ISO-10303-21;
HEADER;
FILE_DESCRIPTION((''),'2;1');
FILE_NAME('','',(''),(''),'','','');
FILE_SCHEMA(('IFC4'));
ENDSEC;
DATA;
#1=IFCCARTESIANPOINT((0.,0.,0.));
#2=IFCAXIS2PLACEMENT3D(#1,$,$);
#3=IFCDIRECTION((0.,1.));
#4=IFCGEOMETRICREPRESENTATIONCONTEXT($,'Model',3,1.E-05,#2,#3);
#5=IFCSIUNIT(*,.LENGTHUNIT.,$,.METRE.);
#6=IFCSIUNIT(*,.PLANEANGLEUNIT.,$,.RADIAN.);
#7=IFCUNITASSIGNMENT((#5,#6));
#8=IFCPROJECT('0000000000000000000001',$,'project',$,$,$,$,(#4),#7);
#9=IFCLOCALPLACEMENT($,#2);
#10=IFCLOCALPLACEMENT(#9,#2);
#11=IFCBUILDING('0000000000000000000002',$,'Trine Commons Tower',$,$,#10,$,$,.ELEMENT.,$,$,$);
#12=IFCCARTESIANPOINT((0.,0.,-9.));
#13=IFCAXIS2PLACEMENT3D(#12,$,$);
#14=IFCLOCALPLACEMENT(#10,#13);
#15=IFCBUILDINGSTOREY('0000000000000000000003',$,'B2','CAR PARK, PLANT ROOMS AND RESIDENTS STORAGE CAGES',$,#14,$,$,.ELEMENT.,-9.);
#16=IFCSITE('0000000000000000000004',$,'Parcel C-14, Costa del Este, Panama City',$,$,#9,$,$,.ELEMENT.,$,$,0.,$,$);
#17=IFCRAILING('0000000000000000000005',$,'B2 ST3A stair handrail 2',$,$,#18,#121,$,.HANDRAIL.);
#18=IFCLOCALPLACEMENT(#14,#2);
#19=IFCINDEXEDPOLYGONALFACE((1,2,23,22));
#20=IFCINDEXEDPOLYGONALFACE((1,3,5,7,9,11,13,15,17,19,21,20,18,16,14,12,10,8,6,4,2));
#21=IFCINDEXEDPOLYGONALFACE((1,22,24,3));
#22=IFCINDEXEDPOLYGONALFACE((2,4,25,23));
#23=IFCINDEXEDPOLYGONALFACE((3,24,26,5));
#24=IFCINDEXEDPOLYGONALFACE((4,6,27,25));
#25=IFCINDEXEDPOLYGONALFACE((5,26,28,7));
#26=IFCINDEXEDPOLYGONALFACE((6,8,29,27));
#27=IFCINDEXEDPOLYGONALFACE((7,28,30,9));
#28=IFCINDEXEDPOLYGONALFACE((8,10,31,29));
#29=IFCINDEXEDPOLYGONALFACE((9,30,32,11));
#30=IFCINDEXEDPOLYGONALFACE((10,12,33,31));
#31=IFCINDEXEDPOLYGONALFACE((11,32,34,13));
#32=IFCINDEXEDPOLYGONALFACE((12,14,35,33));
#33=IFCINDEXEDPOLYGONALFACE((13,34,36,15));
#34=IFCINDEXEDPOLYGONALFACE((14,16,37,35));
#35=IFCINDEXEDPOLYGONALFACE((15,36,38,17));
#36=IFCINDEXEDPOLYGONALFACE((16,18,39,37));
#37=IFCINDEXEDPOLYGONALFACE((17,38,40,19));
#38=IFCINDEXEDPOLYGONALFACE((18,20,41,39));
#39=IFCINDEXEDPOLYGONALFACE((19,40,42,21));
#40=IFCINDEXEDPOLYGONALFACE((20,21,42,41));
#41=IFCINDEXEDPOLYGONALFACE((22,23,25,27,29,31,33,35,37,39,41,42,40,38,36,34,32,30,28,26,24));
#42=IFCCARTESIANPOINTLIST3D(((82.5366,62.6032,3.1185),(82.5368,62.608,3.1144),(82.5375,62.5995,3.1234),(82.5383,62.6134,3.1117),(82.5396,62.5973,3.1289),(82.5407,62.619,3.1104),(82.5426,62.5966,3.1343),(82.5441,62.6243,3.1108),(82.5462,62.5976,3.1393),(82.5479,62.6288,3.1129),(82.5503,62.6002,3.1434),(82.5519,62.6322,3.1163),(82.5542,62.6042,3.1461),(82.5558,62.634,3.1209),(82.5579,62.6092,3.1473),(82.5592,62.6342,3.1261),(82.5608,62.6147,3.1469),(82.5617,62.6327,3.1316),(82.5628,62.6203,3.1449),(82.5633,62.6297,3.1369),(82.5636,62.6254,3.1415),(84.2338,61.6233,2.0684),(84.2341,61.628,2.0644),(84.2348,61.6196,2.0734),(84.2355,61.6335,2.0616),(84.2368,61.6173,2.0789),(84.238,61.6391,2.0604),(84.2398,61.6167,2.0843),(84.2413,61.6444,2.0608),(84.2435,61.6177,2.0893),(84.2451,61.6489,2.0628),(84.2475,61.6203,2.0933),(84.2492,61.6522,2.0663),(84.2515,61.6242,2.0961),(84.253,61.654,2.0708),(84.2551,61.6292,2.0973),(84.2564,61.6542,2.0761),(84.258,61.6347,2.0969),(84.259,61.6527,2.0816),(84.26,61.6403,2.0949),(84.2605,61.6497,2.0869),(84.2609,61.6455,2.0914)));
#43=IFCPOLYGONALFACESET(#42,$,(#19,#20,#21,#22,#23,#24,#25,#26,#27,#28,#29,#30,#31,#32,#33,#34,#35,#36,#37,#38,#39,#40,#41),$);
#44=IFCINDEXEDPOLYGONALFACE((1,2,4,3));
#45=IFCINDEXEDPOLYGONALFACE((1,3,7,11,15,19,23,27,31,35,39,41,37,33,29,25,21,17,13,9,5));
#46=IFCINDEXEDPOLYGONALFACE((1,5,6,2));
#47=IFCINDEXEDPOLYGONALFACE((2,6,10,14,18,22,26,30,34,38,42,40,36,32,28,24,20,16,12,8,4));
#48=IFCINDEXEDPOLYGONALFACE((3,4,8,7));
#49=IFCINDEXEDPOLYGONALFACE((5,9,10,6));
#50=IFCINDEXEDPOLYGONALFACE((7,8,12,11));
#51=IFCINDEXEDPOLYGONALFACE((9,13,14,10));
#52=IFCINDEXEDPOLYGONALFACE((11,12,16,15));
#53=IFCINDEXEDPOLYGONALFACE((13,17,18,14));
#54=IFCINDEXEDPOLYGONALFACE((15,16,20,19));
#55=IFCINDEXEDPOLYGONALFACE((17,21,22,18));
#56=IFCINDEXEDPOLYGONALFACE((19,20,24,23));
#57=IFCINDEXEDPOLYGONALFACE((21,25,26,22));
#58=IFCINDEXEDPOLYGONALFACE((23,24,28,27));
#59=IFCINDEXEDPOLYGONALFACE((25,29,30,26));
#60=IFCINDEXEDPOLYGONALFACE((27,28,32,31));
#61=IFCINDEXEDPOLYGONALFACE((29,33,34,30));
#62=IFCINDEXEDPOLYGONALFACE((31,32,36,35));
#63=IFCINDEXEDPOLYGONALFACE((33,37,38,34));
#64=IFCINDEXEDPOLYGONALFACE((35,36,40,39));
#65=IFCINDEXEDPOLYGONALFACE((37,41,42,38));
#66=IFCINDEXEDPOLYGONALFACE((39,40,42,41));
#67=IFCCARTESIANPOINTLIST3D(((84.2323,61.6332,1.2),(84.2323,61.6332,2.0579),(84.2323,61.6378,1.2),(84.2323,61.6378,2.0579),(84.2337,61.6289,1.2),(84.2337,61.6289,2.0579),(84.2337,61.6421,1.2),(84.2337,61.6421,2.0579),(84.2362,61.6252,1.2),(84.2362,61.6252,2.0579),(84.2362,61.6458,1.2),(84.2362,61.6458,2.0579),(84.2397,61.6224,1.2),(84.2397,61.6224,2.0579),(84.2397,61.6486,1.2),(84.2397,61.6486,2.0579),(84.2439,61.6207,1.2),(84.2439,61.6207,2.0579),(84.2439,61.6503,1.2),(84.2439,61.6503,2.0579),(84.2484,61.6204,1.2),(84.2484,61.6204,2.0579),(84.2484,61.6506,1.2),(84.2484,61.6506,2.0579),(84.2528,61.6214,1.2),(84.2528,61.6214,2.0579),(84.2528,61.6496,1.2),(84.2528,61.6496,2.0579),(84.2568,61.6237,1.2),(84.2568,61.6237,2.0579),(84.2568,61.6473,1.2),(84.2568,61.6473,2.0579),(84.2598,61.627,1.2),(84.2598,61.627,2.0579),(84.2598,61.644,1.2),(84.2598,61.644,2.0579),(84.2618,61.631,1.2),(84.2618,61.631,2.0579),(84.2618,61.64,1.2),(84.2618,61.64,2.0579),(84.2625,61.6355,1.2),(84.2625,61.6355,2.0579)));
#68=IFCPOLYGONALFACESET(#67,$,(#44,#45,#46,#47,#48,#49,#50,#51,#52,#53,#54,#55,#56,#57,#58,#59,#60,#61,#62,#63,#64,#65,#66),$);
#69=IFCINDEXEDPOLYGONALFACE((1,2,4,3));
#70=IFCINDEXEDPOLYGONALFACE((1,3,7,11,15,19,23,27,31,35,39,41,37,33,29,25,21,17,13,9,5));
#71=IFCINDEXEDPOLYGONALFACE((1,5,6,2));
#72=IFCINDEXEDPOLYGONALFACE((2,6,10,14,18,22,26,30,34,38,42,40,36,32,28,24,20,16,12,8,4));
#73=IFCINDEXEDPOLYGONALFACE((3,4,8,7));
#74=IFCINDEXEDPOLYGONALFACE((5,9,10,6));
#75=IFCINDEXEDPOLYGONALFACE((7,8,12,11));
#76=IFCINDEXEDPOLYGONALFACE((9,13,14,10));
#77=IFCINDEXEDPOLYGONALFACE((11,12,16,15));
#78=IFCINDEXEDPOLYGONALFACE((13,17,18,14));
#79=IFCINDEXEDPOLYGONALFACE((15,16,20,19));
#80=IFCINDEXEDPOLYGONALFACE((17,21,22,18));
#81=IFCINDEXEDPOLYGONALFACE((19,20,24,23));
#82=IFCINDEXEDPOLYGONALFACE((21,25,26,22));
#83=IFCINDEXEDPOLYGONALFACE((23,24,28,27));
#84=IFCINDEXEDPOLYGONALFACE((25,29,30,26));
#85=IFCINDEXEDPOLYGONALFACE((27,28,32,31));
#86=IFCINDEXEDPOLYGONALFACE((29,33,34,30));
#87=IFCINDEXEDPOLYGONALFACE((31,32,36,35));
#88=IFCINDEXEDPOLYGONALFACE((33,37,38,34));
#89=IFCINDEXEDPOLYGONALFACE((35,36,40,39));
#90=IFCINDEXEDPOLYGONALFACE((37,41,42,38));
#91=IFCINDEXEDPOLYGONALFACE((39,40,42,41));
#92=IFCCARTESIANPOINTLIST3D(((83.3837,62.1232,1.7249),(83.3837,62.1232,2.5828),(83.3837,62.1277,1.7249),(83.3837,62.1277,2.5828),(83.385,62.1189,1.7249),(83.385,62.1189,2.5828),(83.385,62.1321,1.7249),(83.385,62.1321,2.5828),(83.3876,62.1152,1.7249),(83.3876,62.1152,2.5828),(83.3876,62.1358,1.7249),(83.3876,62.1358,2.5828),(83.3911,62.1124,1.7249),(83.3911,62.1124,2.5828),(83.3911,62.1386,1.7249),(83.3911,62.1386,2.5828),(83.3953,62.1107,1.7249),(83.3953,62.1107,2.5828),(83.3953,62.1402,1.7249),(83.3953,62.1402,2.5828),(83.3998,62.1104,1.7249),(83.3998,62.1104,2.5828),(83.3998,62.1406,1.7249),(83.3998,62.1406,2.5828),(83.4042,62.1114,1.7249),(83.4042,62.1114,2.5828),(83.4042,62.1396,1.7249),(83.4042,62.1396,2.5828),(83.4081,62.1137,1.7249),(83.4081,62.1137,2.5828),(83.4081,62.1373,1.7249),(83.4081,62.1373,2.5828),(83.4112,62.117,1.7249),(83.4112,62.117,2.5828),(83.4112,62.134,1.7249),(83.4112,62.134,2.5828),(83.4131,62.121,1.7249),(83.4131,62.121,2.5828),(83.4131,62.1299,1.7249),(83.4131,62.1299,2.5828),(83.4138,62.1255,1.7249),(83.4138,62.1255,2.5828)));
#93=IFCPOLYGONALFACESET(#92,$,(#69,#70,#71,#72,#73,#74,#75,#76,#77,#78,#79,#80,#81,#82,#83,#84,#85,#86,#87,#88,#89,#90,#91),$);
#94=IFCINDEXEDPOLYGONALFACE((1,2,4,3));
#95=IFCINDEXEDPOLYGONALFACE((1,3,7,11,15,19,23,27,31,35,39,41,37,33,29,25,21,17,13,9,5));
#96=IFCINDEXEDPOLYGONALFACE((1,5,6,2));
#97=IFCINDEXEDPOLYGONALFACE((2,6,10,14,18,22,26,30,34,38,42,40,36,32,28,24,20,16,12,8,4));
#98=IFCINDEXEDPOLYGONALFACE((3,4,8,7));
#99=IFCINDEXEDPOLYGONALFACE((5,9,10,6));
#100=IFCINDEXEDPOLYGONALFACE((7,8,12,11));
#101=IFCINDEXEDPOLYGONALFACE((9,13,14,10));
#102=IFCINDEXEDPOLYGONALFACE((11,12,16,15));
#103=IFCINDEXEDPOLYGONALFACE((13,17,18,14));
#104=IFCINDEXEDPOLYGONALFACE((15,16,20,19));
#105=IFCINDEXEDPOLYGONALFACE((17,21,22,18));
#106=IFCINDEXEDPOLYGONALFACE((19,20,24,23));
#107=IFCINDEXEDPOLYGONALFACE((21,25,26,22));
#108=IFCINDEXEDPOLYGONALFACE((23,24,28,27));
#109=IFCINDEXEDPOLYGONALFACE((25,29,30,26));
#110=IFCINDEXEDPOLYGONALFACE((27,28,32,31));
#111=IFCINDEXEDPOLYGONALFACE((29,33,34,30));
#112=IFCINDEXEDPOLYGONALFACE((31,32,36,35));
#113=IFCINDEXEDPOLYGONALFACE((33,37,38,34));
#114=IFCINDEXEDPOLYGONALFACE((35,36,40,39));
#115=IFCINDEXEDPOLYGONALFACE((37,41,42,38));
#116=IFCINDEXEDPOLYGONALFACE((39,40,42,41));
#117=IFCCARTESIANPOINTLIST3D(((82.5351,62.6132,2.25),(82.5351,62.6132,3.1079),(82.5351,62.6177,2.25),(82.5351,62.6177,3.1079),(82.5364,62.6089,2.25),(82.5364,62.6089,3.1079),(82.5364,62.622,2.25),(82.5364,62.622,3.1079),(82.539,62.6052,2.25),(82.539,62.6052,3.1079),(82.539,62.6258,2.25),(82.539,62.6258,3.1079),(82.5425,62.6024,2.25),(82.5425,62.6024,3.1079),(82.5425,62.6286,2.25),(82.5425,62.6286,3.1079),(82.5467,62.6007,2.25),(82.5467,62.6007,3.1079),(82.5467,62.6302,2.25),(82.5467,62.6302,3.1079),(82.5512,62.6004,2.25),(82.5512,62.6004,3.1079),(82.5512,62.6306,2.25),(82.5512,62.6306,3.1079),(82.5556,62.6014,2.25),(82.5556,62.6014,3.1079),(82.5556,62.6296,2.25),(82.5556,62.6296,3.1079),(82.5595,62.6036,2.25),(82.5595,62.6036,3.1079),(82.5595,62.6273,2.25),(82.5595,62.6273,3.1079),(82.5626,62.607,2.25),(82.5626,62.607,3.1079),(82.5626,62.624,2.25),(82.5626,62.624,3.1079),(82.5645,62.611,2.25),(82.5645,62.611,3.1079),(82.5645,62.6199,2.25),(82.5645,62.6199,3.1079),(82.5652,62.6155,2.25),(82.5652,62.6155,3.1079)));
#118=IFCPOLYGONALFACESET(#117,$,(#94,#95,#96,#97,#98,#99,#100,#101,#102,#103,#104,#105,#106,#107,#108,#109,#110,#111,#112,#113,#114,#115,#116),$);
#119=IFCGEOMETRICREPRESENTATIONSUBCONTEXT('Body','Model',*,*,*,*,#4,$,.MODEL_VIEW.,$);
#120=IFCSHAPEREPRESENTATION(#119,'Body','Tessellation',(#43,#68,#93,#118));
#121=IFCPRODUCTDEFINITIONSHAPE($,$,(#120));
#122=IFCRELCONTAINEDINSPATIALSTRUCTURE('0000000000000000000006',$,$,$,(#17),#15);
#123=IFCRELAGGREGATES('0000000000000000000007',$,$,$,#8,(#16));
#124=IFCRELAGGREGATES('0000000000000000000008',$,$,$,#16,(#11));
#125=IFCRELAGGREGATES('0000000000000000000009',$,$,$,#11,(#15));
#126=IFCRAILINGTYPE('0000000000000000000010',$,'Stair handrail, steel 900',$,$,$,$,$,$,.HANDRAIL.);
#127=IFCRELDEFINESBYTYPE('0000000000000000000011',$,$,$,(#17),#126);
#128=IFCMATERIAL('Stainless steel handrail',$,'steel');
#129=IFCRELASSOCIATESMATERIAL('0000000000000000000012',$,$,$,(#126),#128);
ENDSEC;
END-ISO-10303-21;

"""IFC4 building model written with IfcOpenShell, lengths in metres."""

from ifc_helpers import new_model, si_unit, direction, frame, origin, origin_2d, place, context, subcontext, project, spatial, circle, extrude, material, type_object, element, save


model = new_model("IFC4")

# Units and contexts
model_context = context("Model", 3, precision=1e-05, world=origin(), true_north=direction((0.0, 1.0)))
body_context = subcontext(model_context, "Body", "Model", "MODEL_VIEW")
ifc_project = project(units=[si_unit("LENGTHUNIT", "METRE"), si_unit("PLANEANGLEUNIT", "RADIAN")], contexts=[model_context])

# Site, building, storey
site_placement = place(None, origin())
site = spatial("IfcSite", under=ifc_project, at=site_placement, Name="Parcel C-14, Costa del Este, Panama City", CompositionType="ELEMENT", RefElevation=0.0)
building_placement = place(site_placement, origin())
building = spatial("IfcBuilding", under=site, at=building_placement, Name="Trine Commons Tower", CompositionType="ELEMENT")
storey_placement = place(building_placement, frame((0.0, 0.0, -9.0)))
storey = spatial("IfcBuildingStorey", under=building, at=storey_placement, Name="B2", Description="CAR PARK, PLANT ROOMS AND RESIDENTS STORAGE CAGES", CompositionType="ELEMENT", Elevation=-9.0)

# Railing
ifc_material_1 = material(Name="Stainless steel handrail", Category="steel")
railing_type_1 = type_object("IfcRailingType", Name="Stair handrail, steel 900", PredefinedType="HANDRAIL", material=ifc_material_1)
railing_1_placement = place(storey_placement, frame((84.2473, 61.6355, 1.2)))
element("IfcRailing", 1, at=railing_1_placement, inside=storey, type_object=railing_type_1, Name="B2 ST3A stair handrail 2", PredefinedType="HANDRAIL", context=body_context, shape_type="SweptSolid", body=[
    extrude(circle(Radius=0.021, at=origin_2d()), frame((0.0, 0.0, 0.8789), z_axis=(-0.763352, 0.44075, 0.472264), x_axis=(-0.500024, -0.866011, 0.0)), (0.0, 0.0, 1.0), 2.2234),
    extrude(circle(Radius=0.0151, at=origin_2d()), origin(), (0.0, 0.0, 1.0), 0.8579),
    extrude(circle(Radius=0.0151, at=origin_2d()), frame((-0.8486, 0.49, 0.5249)), (0.0, 0.0, 1.0), 0.8579),
    extrude(circle(Radius=0.0151, at=origin_2d()), frame((-1.6973, 0.98, 1.05)), (0.0, 0.0, 1.0), 0.8579),
])

save(model, "model.ifc")
